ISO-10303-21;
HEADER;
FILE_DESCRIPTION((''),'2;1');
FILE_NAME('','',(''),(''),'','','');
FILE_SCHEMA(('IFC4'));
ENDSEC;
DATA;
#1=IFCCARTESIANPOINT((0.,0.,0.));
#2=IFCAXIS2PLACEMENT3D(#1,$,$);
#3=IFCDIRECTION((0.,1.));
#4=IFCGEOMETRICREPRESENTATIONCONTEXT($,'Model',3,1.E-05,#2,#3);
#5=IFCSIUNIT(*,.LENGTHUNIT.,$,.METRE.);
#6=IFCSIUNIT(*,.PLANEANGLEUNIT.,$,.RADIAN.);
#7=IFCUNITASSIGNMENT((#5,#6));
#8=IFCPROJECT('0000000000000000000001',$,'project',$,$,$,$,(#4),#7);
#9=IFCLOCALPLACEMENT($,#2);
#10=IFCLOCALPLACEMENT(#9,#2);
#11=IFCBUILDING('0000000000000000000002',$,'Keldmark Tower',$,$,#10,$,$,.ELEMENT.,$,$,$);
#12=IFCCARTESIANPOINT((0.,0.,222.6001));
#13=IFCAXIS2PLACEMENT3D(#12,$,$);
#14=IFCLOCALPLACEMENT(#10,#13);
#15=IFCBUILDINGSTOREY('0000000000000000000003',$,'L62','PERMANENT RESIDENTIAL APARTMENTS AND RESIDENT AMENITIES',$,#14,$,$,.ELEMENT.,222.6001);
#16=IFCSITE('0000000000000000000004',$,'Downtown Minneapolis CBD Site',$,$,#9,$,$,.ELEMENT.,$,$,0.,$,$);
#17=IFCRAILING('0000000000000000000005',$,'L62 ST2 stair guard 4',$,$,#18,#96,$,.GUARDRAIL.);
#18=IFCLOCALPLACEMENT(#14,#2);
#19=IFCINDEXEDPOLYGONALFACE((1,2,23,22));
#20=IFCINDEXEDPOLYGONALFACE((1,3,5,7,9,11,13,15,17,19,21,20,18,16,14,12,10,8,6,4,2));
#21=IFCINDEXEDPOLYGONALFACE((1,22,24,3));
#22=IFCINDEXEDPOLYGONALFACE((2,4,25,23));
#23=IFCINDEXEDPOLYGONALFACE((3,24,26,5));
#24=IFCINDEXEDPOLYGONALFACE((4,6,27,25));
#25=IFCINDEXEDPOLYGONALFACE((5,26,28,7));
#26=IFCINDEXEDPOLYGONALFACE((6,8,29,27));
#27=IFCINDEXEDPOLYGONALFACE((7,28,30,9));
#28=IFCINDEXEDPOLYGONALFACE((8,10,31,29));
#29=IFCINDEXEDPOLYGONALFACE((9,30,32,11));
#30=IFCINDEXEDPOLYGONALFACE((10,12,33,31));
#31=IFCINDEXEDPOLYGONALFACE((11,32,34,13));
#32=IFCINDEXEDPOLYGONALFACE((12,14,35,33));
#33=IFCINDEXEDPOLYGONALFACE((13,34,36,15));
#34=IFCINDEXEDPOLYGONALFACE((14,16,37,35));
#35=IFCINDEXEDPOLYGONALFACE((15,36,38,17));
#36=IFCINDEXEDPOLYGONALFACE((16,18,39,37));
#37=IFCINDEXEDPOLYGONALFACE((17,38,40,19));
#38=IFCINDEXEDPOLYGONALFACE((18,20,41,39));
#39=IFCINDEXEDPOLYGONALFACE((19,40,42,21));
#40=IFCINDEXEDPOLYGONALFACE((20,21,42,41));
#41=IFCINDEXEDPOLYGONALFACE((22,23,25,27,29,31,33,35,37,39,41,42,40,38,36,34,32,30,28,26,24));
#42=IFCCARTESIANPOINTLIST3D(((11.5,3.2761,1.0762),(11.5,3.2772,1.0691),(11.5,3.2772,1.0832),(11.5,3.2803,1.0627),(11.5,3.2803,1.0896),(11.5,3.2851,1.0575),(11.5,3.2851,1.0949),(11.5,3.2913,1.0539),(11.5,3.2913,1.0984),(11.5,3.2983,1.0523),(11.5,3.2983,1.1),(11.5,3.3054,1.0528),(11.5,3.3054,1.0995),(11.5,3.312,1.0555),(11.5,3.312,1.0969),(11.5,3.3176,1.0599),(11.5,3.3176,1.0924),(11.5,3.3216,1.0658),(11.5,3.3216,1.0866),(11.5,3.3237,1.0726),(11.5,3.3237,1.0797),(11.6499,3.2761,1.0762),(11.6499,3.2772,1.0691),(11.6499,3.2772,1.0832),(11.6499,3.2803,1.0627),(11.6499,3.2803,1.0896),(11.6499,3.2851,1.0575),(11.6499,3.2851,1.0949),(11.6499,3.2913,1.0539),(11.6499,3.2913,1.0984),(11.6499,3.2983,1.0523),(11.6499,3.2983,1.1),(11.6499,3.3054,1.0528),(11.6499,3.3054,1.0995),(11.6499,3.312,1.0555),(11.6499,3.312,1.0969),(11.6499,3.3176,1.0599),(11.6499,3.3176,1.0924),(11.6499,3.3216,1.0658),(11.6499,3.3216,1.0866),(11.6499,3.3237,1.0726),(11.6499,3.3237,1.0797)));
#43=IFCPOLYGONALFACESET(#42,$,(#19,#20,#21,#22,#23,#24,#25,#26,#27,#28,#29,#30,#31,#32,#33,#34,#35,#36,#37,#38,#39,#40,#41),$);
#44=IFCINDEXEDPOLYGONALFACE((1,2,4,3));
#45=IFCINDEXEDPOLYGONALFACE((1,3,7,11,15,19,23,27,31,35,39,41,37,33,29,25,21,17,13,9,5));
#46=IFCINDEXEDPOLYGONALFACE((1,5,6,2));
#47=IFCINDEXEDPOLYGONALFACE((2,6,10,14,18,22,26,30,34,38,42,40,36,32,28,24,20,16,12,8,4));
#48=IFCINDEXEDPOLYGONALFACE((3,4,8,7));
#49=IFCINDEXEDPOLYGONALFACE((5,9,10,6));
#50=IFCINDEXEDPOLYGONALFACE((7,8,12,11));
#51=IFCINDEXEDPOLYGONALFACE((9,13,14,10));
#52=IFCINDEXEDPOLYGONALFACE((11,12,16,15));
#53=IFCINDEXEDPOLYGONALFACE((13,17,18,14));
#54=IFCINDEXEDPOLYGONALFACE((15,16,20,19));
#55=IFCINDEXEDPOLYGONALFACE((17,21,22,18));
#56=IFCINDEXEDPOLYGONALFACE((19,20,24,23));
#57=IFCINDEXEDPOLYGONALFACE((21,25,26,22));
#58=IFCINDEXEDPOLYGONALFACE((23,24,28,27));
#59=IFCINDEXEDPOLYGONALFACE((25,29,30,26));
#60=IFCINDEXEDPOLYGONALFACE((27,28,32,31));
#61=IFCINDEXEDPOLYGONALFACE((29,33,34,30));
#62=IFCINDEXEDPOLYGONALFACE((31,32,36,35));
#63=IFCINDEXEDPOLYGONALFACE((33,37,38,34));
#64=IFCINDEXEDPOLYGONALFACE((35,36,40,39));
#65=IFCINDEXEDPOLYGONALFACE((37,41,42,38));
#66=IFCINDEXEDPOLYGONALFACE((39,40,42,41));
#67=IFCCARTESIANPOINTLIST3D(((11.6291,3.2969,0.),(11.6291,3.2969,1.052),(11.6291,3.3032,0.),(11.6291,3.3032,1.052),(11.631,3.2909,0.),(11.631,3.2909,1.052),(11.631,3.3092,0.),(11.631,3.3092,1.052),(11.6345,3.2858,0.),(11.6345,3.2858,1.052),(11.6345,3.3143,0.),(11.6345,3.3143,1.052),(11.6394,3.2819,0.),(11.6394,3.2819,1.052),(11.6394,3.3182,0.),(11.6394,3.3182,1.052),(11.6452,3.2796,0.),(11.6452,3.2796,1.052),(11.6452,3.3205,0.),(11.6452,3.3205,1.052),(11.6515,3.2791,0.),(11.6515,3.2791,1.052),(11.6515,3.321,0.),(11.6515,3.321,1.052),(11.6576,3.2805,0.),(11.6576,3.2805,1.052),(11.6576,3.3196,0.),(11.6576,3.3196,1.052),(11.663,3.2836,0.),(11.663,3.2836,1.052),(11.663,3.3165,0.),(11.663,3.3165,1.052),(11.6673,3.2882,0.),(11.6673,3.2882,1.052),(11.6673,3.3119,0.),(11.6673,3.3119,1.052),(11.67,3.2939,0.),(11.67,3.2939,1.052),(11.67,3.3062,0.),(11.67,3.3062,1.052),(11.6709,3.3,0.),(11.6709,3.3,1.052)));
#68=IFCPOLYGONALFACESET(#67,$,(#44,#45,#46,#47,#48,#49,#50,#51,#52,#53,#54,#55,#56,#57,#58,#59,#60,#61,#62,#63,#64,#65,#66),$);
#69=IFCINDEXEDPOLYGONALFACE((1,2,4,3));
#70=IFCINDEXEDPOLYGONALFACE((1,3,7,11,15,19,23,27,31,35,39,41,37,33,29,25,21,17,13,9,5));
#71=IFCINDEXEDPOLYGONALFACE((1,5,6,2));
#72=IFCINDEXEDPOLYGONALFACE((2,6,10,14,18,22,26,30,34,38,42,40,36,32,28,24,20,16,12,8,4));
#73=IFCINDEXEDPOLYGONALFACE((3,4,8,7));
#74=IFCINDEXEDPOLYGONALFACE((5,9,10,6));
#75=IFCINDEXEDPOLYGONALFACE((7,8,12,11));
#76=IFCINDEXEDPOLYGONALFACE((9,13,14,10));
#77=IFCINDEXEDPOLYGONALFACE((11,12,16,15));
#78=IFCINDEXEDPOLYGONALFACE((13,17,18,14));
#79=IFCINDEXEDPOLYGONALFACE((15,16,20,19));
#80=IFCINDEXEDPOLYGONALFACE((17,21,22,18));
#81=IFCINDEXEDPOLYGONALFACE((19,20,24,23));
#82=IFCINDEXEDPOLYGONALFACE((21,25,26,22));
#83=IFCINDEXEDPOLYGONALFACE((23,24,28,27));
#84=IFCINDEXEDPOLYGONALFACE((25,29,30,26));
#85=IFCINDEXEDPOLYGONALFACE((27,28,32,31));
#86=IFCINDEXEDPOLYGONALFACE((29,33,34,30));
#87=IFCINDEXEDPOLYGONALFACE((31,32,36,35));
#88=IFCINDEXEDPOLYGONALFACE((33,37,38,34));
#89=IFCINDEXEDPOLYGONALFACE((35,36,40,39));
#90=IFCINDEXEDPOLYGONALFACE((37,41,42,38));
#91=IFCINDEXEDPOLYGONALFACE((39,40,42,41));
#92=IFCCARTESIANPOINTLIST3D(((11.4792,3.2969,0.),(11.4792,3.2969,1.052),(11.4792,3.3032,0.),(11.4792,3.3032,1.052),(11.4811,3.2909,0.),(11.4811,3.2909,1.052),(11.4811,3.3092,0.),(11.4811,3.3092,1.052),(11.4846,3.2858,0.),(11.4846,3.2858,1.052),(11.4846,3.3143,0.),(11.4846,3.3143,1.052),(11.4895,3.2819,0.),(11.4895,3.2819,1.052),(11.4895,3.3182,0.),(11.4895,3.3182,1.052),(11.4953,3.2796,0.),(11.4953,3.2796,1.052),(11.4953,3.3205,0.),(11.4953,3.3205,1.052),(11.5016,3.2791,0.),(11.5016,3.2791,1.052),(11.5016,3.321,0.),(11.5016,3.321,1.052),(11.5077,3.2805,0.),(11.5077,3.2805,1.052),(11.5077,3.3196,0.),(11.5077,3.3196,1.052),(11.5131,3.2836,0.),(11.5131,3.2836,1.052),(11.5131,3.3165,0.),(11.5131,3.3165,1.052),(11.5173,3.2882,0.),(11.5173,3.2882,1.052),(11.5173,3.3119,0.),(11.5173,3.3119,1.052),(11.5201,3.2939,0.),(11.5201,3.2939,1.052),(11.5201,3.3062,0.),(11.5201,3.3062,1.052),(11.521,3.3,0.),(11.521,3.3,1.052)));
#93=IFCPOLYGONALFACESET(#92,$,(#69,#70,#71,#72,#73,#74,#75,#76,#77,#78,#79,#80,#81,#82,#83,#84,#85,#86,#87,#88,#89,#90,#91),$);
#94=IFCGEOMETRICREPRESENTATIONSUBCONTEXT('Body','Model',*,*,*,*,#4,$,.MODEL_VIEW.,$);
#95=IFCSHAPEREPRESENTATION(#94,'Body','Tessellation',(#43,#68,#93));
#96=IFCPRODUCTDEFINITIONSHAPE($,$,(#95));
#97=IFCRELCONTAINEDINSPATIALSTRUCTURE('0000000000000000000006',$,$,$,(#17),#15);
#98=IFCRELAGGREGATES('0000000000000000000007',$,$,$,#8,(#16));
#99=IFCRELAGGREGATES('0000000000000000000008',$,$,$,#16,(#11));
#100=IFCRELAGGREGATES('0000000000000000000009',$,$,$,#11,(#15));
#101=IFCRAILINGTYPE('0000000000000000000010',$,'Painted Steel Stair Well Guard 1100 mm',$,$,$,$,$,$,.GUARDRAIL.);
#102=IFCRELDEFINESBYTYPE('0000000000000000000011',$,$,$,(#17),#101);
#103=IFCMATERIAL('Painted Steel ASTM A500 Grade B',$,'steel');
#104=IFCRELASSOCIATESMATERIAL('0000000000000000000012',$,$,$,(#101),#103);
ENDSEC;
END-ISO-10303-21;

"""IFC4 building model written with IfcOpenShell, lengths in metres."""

from ifc_helpers import new_model, si_unit, direction, frame, origin, origin_2d, place, context, subcontext, project, spatial, circle, extrude, material, type_object, element, save


model = new_model("IFC4")

# Units and contexts
model_context = context("Model", 3, precision=1e-05, world=origin(), true_north=direction((0.0, 1.0)))
body_context = subcontext(model_context, "Body", "Model", "MODEL_VIEW")
ifc_project = project(units=[si_unit("LENGTHUNIT", "METRE"), si_unit("PLANEANGLEUNIT", "RADIAN")], contexts=[model_context])

# Site, building, storey
site_placement = place(None, origin())
site = spatial("IfcSite", under=ifc_project, at=site_placement, Name="Downtown Minneapolis CBD Site", CompositionType="ELEMENT", RefElevation=0.0)
building_placement = place(site_placement, origin())
building = spatial("IfcBuilding", under=site, at=building_placement, Name="Keldmark Tower", CompositionType="ELEMENT")
storey_placement = place(building_placement, frame((0.0, 0.0, 222.6001)))
storey = spatial("IfcBuildingStorey", under=building, at=storey_placement, Name="L62", Description="PERMANENT RESIDENTIAL APARTMENTS AND RESIDENT AMENITIES", CompositionType="ELEMENT", Elevation=222.6001)

# Railing
ifc_material_1 = material(Name="Painted Steel ASTM A500 Grade B", Category="steel")
railing_type_1 = type_object("IfcRailingType", Name="Painted Steel Stair Well Guard 1100 mm", PredefinedType="GUARDRAIL", material=ifc_material_1)
railing_1_placement = place(storey_placement, frame((11.6499, 3.3, 0.0)))
element("IfcRailing", 1, at=railing_1_placement, inside=storey, type_object=railing_type_1, Name="L62 ST2 stair guard 4", PredefinedType="GUARDRAIL", context=body_context, shape_type="SweptSolid", body=[
    extrude(circle(Radius=0.0239, at=origin_2d()), frame((0.0, 0.0, 1.0762), z_axis=(-1.0, 0.0, 0.0), x_axis=(0.0, -1.0, 0.0)), (0.0, 0.0, 1.0), 0.1499),
    extrude(circle(Radius=0.021, at=origin_2d()), origin(), (0.0, 0.0, 1.0), 1.052),
    extrude(circle(Radius=0.021, at=origin_2d()), frame((-0.1499, 0.0, 0.0)), (0.0, 0.0, 1.0), 1.052),
])

save(model, "model.ifc")
